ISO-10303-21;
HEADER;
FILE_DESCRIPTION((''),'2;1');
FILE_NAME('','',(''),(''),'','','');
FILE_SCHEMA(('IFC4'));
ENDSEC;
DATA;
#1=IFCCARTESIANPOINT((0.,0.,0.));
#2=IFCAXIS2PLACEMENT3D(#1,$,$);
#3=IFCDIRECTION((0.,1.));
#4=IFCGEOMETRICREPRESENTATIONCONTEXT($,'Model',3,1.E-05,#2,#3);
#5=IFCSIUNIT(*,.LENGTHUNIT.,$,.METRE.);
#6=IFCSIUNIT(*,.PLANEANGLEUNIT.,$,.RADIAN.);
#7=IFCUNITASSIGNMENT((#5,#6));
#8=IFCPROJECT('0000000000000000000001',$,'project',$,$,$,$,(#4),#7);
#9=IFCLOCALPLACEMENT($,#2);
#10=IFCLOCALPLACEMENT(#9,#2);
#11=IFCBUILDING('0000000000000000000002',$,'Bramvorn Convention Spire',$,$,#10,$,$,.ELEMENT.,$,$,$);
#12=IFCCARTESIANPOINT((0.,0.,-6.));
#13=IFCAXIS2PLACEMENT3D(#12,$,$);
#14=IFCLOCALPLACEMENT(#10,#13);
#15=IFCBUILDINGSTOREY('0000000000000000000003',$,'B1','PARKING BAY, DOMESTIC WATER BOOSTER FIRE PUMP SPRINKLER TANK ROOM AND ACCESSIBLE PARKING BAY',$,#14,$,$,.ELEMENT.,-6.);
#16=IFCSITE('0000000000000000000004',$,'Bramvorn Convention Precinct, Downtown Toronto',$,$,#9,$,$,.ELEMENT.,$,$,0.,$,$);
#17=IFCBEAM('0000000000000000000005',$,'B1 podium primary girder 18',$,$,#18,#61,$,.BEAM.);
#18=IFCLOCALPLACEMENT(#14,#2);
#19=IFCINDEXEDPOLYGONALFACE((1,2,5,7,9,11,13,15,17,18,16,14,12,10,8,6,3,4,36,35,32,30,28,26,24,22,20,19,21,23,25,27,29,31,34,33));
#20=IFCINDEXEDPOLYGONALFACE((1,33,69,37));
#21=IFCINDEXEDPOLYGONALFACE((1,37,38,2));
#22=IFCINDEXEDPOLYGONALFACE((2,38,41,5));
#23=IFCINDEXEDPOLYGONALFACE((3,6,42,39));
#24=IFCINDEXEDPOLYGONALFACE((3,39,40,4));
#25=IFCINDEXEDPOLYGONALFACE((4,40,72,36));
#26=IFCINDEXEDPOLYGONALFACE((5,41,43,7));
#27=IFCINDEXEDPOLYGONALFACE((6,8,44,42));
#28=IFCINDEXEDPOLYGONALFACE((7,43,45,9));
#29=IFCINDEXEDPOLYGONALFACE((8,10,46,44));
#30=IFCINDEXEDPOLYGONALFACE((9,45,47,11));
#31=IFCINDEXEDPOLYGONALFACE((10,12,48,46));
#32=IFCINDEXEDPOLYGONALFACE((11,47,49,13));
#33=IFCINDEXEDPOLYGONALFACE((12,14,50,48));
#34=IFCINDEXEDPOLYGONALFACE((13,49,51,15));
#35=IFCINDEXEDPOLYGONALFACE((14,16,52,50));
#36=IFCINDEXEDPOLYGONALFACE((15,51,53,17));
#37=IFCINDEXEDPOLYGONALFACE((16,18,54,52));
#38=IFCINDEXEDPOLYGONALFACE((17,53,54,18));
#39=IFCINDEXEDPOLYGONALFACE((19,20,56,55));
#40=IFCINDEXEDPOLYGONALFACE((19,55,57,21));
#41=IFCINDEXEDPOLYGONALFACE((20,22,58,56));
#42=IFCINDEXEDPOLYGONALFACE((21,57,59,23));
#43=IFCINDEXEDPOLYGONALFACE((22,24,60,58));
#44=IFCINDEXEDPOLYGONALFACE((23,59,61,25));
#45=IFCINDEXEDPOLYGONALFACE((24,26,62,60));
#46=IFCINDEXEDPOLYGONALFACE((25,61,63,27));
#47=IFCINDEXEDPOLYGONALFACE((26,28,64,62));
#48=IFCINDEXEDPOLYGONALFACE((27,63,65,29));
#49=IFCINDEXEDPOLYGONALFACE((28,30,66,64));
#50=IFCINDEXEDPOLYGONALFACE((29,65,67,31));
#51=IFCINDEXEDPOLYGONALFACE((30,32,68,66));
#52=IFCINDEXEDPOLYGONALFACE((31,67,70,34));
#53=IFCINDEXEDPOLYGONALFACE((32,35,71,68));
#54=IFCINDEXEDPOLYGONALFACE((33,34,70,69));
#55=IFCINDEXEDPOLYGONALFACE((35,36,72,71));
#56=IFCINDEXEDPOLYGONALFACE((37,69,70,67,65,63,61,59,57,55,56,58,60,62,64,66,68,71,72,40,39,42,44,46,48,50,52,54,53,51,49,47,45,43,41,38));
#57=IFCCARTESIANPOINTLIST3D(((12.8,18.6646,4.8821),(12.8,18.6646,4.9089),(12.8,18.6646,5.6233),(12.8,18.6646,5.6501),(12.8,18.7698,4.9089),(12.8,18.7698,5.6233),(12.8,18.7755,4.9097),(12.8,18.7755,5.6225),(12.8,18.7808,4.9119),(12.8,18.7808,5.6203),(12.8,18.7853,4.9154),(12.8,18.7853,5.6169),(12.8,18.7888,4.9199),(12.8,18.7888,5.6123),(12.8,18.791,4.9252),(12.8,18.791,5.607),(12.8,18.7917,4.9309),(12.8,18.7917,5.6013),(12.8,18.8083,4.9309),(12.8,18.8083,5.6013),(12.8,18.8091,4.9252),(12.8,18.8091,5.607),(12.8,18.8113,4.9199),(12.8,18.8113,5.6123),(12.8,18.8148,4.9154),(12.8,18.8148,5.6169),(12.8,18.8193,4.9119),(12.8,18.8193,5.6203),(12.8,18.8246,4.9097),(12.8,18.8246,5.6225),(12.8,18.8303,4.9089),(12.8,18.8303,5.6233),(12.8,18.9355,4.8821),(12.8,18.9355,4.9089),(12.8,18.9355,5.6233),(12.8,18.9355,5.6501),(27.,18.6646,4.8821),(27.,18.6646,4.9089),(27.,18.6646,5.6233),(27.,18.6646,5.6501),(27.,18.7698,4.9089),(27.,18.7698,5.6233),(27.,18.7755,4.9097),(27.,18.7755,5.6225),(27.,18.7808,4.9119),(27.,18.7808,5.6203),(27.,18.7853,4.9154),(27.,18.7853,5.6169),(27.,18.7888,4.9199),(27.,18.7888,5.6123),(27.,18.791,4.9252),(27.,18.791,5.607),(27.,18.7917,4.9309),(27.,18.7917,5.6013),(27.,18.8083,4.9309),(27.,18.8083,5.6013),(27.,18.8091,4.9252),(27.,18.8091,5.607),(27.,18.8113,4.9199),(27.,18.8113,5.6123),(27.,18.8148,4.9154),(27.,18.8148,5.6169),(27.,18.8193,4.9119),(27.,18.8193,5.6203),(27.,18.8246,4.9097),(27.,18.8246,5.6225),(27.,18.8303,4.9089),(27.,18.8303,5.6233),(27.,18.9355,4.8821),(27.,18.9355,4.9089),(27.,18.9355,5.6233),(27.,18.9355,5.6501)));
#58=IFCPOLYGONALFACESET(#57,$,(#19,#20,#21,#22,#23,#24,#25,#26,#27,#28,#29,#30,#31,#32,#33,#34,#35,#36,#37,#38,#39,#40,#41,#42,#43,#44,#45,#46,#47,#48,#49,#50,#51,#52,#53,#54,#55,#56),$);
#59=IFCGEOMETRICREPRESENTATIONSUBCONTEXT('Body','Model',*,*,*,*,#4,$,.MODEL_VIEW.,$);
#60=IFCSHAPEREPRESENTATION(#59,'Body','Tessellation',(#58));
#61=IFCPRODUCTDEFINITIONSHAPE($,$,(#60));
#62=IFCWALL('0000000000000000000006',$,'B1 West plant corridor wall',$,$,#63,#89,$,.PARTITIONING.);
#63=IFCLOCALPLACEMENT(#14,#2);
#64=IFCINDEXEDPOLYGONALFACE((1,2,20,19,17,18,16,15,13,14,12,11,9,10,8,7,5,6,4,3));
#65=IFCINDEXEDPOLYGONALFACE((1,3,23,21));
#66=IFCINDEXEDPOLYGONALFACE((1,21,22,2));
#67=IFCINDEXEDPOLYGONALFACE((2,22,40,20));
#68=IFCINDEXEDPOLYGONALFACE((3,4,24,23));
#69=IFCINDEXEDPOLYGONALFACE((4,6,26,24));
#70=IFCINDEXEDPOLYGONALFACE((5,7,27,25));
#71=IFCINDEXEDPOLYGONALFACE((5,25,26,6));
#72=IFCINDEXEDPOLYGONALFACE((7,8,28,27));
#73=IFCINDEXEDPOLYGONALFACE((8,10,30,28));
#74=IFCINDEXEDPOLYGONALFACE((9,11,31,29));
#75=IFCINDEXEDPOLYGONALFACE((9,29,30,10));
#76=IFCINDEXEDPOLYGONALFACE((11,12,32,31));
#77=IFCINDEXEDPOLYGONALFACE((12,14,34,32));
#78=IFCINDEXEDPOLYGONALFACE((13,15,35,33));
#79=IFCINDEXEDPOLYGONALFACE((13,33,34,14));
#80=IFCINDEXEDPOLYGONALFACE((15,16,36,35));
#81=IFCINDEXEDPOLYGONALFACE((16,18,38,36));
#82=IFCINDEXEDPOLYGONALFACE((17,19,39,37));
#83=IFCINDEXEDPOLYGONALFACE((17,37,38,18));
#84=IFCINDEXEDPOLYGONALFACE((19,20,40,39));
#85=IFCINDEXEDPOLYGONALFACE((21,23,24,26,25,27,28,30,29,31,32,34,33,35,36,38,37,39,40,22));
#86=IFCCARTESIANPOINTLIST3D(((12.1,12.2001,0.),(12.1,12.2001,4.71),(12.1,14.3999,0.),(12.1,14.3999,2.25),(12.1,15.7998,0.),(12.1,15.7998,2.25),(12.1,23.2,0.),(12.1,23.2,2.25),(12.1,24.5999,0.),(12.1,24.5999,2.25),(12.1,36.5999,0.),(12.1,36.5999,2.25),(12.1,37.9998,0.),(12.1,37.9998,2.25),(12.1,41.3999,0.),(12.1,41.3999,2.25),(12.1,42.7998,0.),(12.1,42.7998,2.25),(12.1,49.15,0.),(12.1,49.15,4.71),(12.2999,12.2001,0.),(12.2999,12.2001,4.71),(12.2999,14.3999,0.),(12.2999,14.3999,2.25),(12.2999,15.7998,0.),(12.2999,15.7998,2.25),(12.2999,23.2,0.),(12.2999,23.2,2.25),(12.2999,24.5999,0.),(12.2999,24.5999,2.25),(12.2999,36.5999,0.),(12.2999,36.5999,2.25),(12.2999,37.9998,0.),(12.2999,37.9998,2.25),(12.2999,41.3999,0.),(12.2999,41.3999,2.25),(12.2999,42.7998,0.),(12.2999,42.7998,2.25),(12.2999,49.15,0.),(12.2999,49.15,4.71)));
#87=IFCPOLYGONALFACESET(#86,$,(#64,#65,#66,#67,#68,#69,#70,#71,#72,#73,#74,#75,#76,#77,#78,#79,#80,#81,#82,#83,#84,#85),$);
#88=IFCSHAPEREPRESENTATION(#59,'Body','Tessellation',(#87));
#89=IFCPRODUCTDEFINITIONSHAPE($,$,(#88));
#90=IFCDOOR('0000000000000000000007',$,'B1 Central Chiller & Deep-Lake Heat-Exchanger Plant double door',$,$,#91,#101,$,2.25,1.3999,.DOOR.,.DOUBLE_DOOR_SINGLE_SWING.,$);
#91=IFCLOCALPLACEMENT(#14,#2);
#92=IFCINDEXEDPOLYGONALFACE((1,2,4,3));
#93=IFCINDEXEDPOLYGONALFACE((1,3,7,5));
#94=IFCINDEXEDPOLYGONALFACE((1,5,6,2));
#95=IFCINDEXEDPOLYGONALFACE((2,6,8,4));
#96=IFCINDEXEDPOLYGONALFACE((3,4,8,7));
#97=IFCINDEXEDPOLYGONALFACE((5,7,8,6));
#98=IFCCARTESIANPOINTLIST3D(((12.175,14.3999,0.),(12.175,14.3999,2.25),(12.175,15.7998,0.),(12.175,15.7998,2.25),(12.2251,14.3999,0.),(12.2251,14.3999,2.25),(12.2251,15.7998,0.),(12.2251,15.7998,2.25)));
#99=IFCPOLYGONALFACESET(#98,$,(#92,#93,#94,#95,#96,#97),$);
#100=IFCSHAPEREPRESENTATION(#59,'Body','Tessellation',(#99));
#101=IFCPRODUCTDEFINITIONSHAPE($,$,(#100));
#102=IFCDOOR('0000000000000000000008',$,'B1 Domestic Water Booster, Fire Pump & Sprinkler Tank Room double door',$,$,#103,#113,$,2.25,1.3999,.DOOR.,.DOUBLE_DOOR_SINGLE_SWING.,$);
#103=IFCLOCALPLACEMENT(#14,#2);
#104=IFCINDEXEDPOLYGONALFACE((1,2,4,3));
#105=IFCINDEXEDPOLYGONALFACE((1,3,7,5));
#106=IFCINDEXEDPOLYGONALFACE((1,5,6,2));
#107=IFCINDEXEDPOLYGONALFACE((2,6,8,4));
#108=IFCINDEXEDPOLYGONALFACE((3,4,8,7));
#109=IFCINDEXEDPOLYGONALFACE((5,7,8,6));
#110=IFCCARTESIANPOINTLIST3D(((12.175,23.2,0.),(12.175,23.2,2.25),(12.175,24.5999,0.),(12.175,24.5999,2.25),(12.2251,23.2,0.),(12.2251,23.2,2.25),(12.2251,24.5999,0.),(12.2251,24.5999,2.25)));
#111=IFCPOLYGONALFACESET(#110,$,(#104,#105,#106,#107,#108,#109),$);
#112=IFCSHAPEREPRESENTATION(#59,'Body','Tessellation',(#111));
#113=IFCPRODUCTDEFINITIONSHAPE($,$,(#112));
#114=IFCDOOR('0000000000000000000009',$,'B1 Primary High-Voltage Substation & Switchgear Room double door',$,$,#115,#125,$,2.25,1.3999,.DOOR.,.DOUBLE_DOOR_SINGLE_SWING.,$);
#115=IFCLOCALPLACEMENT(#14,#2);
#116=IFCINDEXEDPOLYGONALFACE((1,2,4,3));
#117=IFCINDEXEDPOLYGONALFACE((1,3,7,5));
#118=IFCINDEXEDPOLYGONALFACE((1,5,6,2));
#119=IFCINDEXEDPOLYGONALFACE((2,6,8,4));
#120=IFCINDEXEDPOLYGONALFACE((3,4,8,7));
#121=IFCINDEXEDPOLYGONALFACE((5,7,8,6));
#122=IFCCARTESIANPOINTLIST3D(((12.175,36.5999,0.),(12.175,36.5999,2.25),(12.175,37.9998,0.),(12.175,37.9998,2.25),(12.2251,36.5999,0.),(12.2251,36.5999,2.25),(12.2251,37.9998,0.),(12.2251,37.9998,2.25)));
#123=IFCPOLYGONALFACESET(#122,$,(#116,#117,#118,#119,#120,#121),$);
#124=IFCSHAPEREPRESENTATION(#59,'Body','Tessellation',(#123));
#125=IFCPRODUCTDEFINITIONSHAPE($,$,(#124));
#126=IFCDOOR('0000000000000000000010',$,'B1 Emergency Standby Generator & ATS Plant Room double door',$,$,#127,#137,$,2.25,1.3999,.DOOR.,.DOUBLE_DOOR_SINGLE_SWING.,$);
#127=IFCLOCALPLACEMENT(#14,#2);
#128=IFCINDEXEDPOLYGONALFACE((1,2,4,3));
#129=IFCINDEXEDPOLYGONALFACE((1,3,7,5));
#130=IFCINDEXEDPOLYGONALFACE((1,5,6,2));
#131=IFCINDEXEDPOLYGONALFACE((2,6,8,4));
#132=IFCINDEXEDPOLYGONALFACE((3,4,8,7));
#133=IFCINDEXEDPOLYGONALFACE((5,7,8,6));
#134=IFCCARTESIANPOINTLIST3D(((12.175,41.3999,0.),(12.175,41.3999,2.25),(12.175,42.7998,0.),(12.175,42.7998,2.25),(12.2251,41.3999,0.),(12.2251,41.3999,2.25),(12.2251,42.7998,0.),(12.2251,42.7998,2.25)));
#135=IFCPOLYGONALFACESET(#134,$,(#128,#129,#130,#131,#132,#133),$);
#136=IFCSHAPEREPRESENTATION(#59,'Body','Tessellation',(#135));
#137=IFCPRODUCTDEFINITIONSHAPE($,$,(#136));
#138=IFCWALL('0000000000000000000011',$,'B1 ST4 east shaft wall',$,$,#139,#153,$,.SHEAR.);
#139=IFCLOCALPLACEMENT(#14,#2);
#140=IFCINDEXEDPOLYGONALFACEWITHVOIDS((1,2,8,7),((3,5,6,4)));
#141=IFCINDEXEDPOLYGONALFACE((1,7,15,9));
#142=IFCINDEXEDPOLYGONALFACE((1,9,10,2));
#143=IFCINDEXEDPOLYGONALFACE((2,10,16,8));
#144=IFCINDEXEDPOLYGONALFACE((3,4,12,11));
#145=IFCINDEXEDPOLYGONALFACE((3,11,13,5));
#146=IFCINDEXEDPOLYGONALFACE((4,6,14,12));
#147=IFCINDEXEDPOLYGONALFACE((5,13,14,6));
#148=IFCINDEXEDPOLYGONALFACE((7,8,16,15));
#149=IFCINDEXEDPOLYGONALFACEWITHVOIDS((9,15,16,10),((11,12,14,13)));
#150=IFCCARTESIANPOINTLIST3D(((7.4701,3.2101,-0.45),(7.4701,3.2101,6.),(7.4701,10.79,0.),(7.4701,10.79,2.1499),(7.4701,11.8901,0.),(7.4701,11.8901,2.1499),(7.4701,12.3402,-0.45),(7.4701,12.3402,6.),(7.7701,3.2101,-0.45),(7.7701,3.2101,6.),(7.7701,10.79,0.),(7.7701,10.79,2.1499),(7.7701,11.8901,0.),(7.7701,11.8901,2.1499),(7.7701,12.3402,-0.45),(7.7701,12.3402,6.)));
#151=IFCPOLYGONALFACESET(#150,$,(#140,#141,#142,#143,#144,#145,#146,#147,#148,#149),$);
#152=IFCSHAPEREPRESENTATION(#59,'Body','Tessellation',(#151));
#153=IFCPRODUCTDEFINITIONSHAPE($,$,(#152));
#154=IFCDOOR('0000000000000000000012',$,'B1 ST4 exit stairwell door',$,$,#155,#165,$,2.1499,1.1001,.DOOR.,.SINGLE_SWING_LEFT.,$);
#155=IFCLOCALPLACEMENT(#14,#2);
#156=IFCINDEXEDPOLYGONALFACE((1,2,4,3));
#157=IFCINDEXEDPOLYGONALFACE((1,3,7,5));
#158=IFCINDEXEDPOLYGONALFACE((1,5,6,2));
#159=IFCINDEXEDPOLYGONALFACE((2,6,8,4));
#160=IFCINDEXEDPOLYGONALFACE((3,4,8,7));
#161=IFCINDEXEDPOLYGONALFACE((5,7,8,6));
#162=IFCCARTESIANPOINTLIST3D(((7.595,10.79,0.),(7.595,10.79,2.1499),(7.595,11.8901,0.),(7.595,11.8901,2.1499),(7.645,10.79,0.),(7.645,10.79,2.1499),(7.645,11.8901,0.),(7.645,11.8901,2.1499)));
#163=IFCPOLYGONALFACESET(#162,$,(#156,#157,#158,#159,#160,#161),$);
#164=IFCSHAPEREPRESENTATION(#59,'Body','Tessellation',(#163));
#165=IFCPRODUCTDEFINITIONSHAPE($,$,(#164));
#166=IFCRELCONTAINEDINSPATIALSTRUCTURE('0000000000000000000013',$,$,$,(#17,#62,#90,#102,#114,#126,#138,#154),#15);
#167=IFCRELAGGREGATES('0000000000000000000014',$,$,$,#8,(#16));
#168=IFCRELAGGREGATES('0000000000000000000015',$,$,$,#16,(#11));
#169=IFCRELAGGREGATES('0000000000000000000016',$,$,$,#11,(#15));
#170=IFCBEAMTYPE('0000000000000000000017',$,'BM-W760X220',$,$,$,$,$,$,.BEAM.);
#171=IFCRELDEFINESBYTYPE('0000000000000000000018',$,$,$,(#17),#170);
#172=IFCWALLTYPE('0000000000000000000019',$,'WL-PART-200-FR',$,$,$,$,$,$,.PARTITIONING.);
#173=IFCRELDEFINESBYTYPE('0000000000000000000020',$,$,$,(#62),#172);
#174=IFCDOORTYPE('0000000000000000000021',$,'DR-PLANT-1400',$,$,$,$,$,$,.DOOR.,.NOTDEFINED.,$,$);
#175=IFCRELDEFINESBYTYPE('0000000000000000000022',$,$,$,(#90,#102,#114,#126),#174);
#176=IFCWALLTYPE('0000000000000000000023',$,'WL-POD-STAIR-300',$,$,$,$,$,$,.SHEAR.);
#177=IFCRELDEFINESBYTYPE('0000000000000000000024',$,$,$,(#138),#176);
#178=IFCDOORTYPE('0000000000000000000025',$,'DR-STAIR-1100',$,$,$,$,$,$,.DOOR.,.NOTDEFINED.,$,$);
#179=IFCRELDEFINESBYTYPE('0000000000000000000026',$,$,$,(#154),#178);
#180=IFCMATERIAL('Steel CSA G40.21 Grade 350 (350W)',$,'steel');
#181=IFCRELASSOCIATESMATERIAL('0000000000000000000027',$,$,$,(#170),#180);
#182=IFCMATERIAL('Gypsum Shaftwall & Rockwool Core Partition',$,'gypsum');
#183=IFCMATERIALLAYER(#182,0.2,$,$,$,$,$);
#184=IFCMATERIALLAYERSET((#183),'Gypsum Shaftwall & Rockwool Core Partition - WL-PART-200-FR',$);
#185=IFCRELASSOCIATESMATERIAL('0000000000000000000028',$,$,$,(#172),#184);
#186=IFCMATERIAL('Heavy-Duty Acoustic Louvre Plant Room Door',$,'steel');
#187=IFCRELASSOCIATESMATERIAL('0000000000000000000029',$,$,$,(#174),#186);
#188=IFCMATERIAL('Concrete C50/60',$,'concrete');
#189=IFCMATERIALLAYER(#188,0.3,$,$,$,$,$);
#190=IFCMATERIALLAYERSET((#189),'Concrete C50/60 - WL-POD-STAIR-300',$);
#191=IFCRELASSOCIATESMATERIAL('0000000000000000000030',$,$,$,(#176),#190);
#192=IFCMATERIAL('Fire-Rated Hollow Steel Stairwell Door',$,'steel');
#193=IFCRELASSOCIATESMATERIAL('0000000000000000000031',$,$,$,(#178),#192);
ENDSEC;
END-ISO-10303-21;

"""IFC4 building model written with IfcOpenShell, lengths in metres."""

from ifc_helpers import new_model, si_unit, direction, frame, frame_2d, origin, origin_2d, place, context, subcontext, project, spatial, rectangle, i_section, extrude, material, layer, layer_set, material_profile, profile_set, type_object, element, fill, save


model = new_model("IFC4")

# Units and contexts
model_context = context("Model", 3, precision=1e-05, world=origin(), true_north=direction((0.0, 1.0)))
body_context = subcontext(model_context, "Body", "Model", "MODEL_VIEW")
ifc_project = project(units=[si_unit("LENGTHUNIT", "METRE"), si_unit("PLANEANGLEUNIT", "RADIAN")], contexts=[model_context])

# Site, building, storey
site_placement = place(None, origin())
site = spatial("IfcSite", under=ifc_project, at=site_placement, Name="Bramvorn Convention Precinct, Downtown Toronto", CompositionType="ELEMENT", RefElevation=0.0)
building_placement = place(site_placement, origin())
building = spatial("IfcBuilding", under=site, at=building_placement, Name="Bramvorn Convention Spire", CompositionType="ELEMENT")
storey_placement = place(building_placement, frame((0.0, 0.0, -6.0)))
storey = spatial("IfcBuildingStorey", under=building, at=storey_placement, Name="B1", Description="PARKING BAY, DOMESTIC WATER BOOSTER FIRE PUMP SPRINKLER TANK ROOM AND ACCESSIBLE PARKING BAY", CompositionType="ELEMENT", Elevation=-6.0)

# Shared definitions
ifc_material_1 = material(Name="Steel CSA G40.21 Grade 350 (350W)", Category="steel")

# Beam
ifc_material_profile_1 = material_profile(ifc_material_1, i_section(OverallWidth=0.271, OverallDepth=0.7681, WebThickness=0.0166, FlangeThickness=0.0269, FilletRadius=0.022, at=origin_2d()))
ifc_profile_set_1 = profile_set([ifc_material_profile_1], Name="Steel CSA G40.21 Grade 350 (350W) - W760X220")
beam_type_1 = type_object("IfcBeamType", Name="BM-W760X220", PredefinedType="BEAM", material=ifc_profile_set_1)
beam_1_placement = place(storey_placement, frame((12.8, 18.8, 5.2661), z_axis=(1.0, 0.0, 0.0), x_axis=(0.0, 1.0, 0.0)))
element("IfcBeam", 1, at=beam_1_placement, inside=storey, type_object=beam_type_1, Name="B1 podium primary girder 18", PredefinedType="BEAM", context=body_context, shape_type="SweptSolid", body=[
    extrude(i_section(OverallWidth=0.271, OverallDepth=0.7681, WebThickness=0.0166, FlangeThickness=0.0269, FilletRadius=0.022, at=origin_2d()), origin(), (0.0, 0.0, 1.0), 14.2),
])

# Wall, openings, doors
ifc_material_2 = material(Name="Gypsum Shaftwall & Rockwool Core Partition", Category="gypsum")
ifc_layer_1 = layer(ifc_material_2, 0.2)
ifc_layer_set_1 = layer_set([ifc_layer_1], Name="Gypsum Shaftwall & Rockwool Core Partition - WL-PART-200-FR")
wall_type_1 = type_object("IfcWallType", Name="WL-PART-200-FR", PredefinedType="PARTITIONING", material=ifc_layer_set_1)
wall_1_placement = place(storey_placement, frame((12.2, 12.2, 0.0), z_axis=(0.0, 0.0, 1.0), x_axis=(0.0, 1.0, 0.0)))
wall_1 = element("IfcWall", 2, at=wall_1_placement, inside=storey, type_object=wall_type_1, Name="B1 West plant corridor wall", PredefinedType="PARTITIONING", context=body_context, shape_type="SweptSolid", body=[
    extrude(rectangle(XDim=36.95, YDim=0.2, at=frame_2d((18.4751, 0.0))), origin(), (0.0, 0.0, 1.0), 4.71),
])
opening_1_placement = place(wall_1_placement, frame((2.2, 0.0, 0.0)))
opening_1 = element("IfcOpeningElement", 3, at=opening_1_placement, cuts=wall_1, PredefinedType="OPENING", context=body_context, shape_type="SweptSolid", body=[
    extrude(rectangle(XDim=1.3999, YDim=2.25, at=frame_2d((0.7, 1.125))), frame((0.0, 0.1099, 0.0), z_axis=(0.0, -1.0, 0.0), x_axis=(1.0, 0.0, 0.0)), (0.0, 0.0, 1.0), 0.22),
])
opening_2_placement = place(wall_1_placement, frame((11.0, 0.0, 0.0)))
opening_2 = element("IfcOpeningElement", 4, at=opening_2_placement, cuts=wall_1, PredefinedType="OPENING", context=body_context, shape_type="SweptSolid", body=[
    extrude(rectangle(XDim=1.3999, YDim=2.25, at=frame_2d((0.7, 1.125))), frame((0.0, 0.1099, 0.0), z_axis=(0.0, -1.0, 0.0), x_axis=(1.0, 0.0, 0.0)), (0.0, 0.0, 1.0), 0.22),
])
opening_3_placement = place(wall_1_placement, frame((24.3999, 0.0, 0.0)))
opening_3 = element("IfcOpeningElement", 5, at=opening_3_placement, cuts=wall_1, PredefinedType="OPENING", context=body_context, shape_type="SweptSolid", body=[
    extrude(rectangle(XDim=1.3999, YDim=2.25, at=frame_2d((0.7, 1.125))), frame((0.0, 0.1099, 0.0), z_axis=(0.0, -1.0, 0.0), x_axis=(1.0, 0.0, 0.0)), (0.0, 0.0, 1.0), 0.22),
])
opening_4_placement = place(wall_1_placement, frame((29.2, 0.0, 0.0)))
opening_4 = element("IfcOpeningElement", 6, at=opening_4_placement, cuts=wall_1, PredefinedType="OPENING", context=body_context, shape_type="SweptSolid", body=[
    extrude(rectangle(XDim=1.3999, YDim=2.25, at=frame_2d((0.7, 1.125))), frame((0.0, 0.1099, 0.0), z_axis=(0.0, -1.0, 0.0), x_axis=(1.0, 0.0, 0.0)), (0.0, 0.0, 1.0), 0.22),
])
ifc_material_3 = material(Name="Heavy-Duty Acoustic Louvre Plant Room Door", Category="steel")
door_type_1 = type_object("IfcDoorType", Name="DR-PLANT-1400", OperationType="NOTDEFINED", PredefinedType="DOOR", material=ifc_material_3)
door_1_placement = place(opening_1_placement, origin())
door_1 = element("IfcDoor", 7, at=door_1_placement, inside=storey, type_object=door_type_1, Name="B1 Central Chiller & Deep-Lake Heat-Exchanger Plant double door", OperationType="DOUBLE_DOOR_SINGLE_SWING", OverallHeight=2.25, OverallWidth=1.3999, PredefinedType="DOOR", context=body_context, shape_type="SweptSolid", body=[
    extrude(rectangle(XDim=1.3999, YDim=2.25, at=frame_2d((0.7, 1.125))), frame((0.0, 0.0249, 0.0), z_axis=(0.0, -1.0, 0.0), x_axis=(1.0, 0.0, 0.0)), (0.0, 0.0, 1.0), 0.05),
])
fill(opening_1, door_1)
door_2_placement = place(opening_2_placement, origin())
door_2 = element("IfcDoor", 8, at=door_2_placement, inside=storey, type_object=door_type_1, Name="B1 Domestic Water Booster, Fire Pump & Sprinkler Tank Room double door", OperationType="DOUBLE_DOOR_SINGLE_SWING", OverallHeight=2.25, OverallWidth=1.3999, PredefinedType="DOOR", context=body_context, shape_type="SweptSolid", body=[
    extrude(rectangle(XDim=1.3999, YDim=2.25, at=frame_2d((0.7, 1.125))), frame((0.0, 0.0249, 0.0), z_axis=(0.0, -1.0, 0.0), x_axis=(1.0, 0.0, 0.0)), (0.0, 0.0, 1.0), 0.05),
])
fill(opening_2, door_2)
door_3_placement = place(opening_3_placement, origin())
door_3 = element("IfcDoor", 9, at=door_3_placement, inside=storey, type_object=door_type_1, Name="B1 Primary High-Voltage Substation & Switchgear Room double door", OperationType="DOUBLE_DOOR_SINGLE_SWING", OverallHeight=2.25, OverallWidth=1.3999, PredefinedType="DOOR", context=body_context, shape_type="SweptSolid", body=[
    extrude(rectangle(XDim=1.3999, YDim=2.25, at=frame_2d((0.7, 1.125))), frame((0.0, 0.0249, 0.0), z_axis=(0.0, -1.0, 0.0), x_axis=(1.0, 0.0, 0.0)), (0.0, 0.0, 1.0), 0.05),
])
fill(opening_3, door_3)
door_4_placement = place(opening_4_placement, origin())
door_4 = element("IfcDoor", 10, at=door_4_placement, inside=storey, type_object=door_type_1, Name="B1 Emergency Standby Generator & ATS Plant Room double door", OperationType="DOUBLE_DOOR_SINGLE_SWING", OverallHeight=2.25, OverallWidth=1.3999, PredefinedType="DOOR", context=body_context, shape_type="SweptSolid", body=[
    extrude(rectangle(XDim=1.3999, YDim=2.25, at=frame_2d((0.7, 1.125))), frame((0.0, 0.0249, 0.0), z_axis=(0.0, -1.0, 0.0), x_axis=(1.0, 0.0, 0.0)), (0.0, 0.0, 1.0), 0.05),
])
fill(opening_4, door_4)

# Wall, opening, door
ifc_material_4 = material(Name="Concrete C50/60", Category="concrete")
ifc_layer_2 = layer(ifc_material_4, 0.3)
ifc_layer_set_2 = layer_set([ifc_layer_2], Name="Concrete C50/60 - WL-POD-STAIR-300")
wall_type_2 = type_object("IfcWallType", Name="WL-POD-STAIR-300", PredefinedType="SHEAR", material=ifc_layer_set_2)
wall_2_placement = place(storey_placement, frame((7.6201, 12.3401, -0.45), z_axis=(0.0, 0.0, 1.0), x_axis=(0.0, -1.0, 0.0)))
wall_2 = element("IfcWall", 11, at=wall_2_placement, inside=storey, type_object=wall_type_2, Name="B1 ST4 east shaft wall", PredefinedType="SHEAR", context=body_context, shape_type="SweptSolid", body=[
    extrude(rectangle(XDim=9.1301, YDim=0.3, at=frame_2d((4.5649, 0.0))), origin(), (0.0, 0.0, 1.0), 6.45),
])
opening_5_placement = place(wall_2_placement, frame((0.45, 0.0, 0.45)))
opening_5 = element("IfcOpeningElement", 12, at=opening_5_placement, cuts=wall_2, PredefinedType="OPENING", context=body_context, shape_type="SweptSolid", body=[
    extrude(rectangle(XDim=1.1001, YDim=2.1499, at=frame_2d((0.55, 1.075))), frame((0.0, 0.1599, 0.0), z_axis=(0.0, -1.0, 0.0), x_axis=(1.0, 0.0, 0.0)), (0.0, 0.0, 1.0), 0.3201),
])
ifc_material_5 = material(Name="Fire-Rated Hollow Steel Stairwell Door", Category="steel")
door_type_2 = type_object("IfcDoorType", Name="DR-STAIR-1100", OperationType="NOTDEFINED", PredefinedType="DOOR", material=ifc_material_5)
door_5_placement = place(opening_5_placement, origin())
door_5 = element("IfcDoor", 13, at=door_5_placement, inside=storey, type_object=door_type_2, Name="B1 ST4 exit stairwell door", OperationType="SINGLE_SWING_LEFT", OverallHeight=2.1499, OverallWidth=1.1001, PredefinedType="DOOR", context=body_context, shape_type="SweptSolid", body=[
    extrude(rectangle(XDim=1.1001, YDim=2.1499, at=frame_2d((0.55, 1.075))), frame((0.0, 0.0249, 0.0), z_axis=(0.0, -1.0, 0.0), x_axis=(1.0, 0.0, 0.0)), (0.0, 0.0, 1.0), 0.05),
])
fill(opening_5, door_5)

save(model, "model.ifc")
